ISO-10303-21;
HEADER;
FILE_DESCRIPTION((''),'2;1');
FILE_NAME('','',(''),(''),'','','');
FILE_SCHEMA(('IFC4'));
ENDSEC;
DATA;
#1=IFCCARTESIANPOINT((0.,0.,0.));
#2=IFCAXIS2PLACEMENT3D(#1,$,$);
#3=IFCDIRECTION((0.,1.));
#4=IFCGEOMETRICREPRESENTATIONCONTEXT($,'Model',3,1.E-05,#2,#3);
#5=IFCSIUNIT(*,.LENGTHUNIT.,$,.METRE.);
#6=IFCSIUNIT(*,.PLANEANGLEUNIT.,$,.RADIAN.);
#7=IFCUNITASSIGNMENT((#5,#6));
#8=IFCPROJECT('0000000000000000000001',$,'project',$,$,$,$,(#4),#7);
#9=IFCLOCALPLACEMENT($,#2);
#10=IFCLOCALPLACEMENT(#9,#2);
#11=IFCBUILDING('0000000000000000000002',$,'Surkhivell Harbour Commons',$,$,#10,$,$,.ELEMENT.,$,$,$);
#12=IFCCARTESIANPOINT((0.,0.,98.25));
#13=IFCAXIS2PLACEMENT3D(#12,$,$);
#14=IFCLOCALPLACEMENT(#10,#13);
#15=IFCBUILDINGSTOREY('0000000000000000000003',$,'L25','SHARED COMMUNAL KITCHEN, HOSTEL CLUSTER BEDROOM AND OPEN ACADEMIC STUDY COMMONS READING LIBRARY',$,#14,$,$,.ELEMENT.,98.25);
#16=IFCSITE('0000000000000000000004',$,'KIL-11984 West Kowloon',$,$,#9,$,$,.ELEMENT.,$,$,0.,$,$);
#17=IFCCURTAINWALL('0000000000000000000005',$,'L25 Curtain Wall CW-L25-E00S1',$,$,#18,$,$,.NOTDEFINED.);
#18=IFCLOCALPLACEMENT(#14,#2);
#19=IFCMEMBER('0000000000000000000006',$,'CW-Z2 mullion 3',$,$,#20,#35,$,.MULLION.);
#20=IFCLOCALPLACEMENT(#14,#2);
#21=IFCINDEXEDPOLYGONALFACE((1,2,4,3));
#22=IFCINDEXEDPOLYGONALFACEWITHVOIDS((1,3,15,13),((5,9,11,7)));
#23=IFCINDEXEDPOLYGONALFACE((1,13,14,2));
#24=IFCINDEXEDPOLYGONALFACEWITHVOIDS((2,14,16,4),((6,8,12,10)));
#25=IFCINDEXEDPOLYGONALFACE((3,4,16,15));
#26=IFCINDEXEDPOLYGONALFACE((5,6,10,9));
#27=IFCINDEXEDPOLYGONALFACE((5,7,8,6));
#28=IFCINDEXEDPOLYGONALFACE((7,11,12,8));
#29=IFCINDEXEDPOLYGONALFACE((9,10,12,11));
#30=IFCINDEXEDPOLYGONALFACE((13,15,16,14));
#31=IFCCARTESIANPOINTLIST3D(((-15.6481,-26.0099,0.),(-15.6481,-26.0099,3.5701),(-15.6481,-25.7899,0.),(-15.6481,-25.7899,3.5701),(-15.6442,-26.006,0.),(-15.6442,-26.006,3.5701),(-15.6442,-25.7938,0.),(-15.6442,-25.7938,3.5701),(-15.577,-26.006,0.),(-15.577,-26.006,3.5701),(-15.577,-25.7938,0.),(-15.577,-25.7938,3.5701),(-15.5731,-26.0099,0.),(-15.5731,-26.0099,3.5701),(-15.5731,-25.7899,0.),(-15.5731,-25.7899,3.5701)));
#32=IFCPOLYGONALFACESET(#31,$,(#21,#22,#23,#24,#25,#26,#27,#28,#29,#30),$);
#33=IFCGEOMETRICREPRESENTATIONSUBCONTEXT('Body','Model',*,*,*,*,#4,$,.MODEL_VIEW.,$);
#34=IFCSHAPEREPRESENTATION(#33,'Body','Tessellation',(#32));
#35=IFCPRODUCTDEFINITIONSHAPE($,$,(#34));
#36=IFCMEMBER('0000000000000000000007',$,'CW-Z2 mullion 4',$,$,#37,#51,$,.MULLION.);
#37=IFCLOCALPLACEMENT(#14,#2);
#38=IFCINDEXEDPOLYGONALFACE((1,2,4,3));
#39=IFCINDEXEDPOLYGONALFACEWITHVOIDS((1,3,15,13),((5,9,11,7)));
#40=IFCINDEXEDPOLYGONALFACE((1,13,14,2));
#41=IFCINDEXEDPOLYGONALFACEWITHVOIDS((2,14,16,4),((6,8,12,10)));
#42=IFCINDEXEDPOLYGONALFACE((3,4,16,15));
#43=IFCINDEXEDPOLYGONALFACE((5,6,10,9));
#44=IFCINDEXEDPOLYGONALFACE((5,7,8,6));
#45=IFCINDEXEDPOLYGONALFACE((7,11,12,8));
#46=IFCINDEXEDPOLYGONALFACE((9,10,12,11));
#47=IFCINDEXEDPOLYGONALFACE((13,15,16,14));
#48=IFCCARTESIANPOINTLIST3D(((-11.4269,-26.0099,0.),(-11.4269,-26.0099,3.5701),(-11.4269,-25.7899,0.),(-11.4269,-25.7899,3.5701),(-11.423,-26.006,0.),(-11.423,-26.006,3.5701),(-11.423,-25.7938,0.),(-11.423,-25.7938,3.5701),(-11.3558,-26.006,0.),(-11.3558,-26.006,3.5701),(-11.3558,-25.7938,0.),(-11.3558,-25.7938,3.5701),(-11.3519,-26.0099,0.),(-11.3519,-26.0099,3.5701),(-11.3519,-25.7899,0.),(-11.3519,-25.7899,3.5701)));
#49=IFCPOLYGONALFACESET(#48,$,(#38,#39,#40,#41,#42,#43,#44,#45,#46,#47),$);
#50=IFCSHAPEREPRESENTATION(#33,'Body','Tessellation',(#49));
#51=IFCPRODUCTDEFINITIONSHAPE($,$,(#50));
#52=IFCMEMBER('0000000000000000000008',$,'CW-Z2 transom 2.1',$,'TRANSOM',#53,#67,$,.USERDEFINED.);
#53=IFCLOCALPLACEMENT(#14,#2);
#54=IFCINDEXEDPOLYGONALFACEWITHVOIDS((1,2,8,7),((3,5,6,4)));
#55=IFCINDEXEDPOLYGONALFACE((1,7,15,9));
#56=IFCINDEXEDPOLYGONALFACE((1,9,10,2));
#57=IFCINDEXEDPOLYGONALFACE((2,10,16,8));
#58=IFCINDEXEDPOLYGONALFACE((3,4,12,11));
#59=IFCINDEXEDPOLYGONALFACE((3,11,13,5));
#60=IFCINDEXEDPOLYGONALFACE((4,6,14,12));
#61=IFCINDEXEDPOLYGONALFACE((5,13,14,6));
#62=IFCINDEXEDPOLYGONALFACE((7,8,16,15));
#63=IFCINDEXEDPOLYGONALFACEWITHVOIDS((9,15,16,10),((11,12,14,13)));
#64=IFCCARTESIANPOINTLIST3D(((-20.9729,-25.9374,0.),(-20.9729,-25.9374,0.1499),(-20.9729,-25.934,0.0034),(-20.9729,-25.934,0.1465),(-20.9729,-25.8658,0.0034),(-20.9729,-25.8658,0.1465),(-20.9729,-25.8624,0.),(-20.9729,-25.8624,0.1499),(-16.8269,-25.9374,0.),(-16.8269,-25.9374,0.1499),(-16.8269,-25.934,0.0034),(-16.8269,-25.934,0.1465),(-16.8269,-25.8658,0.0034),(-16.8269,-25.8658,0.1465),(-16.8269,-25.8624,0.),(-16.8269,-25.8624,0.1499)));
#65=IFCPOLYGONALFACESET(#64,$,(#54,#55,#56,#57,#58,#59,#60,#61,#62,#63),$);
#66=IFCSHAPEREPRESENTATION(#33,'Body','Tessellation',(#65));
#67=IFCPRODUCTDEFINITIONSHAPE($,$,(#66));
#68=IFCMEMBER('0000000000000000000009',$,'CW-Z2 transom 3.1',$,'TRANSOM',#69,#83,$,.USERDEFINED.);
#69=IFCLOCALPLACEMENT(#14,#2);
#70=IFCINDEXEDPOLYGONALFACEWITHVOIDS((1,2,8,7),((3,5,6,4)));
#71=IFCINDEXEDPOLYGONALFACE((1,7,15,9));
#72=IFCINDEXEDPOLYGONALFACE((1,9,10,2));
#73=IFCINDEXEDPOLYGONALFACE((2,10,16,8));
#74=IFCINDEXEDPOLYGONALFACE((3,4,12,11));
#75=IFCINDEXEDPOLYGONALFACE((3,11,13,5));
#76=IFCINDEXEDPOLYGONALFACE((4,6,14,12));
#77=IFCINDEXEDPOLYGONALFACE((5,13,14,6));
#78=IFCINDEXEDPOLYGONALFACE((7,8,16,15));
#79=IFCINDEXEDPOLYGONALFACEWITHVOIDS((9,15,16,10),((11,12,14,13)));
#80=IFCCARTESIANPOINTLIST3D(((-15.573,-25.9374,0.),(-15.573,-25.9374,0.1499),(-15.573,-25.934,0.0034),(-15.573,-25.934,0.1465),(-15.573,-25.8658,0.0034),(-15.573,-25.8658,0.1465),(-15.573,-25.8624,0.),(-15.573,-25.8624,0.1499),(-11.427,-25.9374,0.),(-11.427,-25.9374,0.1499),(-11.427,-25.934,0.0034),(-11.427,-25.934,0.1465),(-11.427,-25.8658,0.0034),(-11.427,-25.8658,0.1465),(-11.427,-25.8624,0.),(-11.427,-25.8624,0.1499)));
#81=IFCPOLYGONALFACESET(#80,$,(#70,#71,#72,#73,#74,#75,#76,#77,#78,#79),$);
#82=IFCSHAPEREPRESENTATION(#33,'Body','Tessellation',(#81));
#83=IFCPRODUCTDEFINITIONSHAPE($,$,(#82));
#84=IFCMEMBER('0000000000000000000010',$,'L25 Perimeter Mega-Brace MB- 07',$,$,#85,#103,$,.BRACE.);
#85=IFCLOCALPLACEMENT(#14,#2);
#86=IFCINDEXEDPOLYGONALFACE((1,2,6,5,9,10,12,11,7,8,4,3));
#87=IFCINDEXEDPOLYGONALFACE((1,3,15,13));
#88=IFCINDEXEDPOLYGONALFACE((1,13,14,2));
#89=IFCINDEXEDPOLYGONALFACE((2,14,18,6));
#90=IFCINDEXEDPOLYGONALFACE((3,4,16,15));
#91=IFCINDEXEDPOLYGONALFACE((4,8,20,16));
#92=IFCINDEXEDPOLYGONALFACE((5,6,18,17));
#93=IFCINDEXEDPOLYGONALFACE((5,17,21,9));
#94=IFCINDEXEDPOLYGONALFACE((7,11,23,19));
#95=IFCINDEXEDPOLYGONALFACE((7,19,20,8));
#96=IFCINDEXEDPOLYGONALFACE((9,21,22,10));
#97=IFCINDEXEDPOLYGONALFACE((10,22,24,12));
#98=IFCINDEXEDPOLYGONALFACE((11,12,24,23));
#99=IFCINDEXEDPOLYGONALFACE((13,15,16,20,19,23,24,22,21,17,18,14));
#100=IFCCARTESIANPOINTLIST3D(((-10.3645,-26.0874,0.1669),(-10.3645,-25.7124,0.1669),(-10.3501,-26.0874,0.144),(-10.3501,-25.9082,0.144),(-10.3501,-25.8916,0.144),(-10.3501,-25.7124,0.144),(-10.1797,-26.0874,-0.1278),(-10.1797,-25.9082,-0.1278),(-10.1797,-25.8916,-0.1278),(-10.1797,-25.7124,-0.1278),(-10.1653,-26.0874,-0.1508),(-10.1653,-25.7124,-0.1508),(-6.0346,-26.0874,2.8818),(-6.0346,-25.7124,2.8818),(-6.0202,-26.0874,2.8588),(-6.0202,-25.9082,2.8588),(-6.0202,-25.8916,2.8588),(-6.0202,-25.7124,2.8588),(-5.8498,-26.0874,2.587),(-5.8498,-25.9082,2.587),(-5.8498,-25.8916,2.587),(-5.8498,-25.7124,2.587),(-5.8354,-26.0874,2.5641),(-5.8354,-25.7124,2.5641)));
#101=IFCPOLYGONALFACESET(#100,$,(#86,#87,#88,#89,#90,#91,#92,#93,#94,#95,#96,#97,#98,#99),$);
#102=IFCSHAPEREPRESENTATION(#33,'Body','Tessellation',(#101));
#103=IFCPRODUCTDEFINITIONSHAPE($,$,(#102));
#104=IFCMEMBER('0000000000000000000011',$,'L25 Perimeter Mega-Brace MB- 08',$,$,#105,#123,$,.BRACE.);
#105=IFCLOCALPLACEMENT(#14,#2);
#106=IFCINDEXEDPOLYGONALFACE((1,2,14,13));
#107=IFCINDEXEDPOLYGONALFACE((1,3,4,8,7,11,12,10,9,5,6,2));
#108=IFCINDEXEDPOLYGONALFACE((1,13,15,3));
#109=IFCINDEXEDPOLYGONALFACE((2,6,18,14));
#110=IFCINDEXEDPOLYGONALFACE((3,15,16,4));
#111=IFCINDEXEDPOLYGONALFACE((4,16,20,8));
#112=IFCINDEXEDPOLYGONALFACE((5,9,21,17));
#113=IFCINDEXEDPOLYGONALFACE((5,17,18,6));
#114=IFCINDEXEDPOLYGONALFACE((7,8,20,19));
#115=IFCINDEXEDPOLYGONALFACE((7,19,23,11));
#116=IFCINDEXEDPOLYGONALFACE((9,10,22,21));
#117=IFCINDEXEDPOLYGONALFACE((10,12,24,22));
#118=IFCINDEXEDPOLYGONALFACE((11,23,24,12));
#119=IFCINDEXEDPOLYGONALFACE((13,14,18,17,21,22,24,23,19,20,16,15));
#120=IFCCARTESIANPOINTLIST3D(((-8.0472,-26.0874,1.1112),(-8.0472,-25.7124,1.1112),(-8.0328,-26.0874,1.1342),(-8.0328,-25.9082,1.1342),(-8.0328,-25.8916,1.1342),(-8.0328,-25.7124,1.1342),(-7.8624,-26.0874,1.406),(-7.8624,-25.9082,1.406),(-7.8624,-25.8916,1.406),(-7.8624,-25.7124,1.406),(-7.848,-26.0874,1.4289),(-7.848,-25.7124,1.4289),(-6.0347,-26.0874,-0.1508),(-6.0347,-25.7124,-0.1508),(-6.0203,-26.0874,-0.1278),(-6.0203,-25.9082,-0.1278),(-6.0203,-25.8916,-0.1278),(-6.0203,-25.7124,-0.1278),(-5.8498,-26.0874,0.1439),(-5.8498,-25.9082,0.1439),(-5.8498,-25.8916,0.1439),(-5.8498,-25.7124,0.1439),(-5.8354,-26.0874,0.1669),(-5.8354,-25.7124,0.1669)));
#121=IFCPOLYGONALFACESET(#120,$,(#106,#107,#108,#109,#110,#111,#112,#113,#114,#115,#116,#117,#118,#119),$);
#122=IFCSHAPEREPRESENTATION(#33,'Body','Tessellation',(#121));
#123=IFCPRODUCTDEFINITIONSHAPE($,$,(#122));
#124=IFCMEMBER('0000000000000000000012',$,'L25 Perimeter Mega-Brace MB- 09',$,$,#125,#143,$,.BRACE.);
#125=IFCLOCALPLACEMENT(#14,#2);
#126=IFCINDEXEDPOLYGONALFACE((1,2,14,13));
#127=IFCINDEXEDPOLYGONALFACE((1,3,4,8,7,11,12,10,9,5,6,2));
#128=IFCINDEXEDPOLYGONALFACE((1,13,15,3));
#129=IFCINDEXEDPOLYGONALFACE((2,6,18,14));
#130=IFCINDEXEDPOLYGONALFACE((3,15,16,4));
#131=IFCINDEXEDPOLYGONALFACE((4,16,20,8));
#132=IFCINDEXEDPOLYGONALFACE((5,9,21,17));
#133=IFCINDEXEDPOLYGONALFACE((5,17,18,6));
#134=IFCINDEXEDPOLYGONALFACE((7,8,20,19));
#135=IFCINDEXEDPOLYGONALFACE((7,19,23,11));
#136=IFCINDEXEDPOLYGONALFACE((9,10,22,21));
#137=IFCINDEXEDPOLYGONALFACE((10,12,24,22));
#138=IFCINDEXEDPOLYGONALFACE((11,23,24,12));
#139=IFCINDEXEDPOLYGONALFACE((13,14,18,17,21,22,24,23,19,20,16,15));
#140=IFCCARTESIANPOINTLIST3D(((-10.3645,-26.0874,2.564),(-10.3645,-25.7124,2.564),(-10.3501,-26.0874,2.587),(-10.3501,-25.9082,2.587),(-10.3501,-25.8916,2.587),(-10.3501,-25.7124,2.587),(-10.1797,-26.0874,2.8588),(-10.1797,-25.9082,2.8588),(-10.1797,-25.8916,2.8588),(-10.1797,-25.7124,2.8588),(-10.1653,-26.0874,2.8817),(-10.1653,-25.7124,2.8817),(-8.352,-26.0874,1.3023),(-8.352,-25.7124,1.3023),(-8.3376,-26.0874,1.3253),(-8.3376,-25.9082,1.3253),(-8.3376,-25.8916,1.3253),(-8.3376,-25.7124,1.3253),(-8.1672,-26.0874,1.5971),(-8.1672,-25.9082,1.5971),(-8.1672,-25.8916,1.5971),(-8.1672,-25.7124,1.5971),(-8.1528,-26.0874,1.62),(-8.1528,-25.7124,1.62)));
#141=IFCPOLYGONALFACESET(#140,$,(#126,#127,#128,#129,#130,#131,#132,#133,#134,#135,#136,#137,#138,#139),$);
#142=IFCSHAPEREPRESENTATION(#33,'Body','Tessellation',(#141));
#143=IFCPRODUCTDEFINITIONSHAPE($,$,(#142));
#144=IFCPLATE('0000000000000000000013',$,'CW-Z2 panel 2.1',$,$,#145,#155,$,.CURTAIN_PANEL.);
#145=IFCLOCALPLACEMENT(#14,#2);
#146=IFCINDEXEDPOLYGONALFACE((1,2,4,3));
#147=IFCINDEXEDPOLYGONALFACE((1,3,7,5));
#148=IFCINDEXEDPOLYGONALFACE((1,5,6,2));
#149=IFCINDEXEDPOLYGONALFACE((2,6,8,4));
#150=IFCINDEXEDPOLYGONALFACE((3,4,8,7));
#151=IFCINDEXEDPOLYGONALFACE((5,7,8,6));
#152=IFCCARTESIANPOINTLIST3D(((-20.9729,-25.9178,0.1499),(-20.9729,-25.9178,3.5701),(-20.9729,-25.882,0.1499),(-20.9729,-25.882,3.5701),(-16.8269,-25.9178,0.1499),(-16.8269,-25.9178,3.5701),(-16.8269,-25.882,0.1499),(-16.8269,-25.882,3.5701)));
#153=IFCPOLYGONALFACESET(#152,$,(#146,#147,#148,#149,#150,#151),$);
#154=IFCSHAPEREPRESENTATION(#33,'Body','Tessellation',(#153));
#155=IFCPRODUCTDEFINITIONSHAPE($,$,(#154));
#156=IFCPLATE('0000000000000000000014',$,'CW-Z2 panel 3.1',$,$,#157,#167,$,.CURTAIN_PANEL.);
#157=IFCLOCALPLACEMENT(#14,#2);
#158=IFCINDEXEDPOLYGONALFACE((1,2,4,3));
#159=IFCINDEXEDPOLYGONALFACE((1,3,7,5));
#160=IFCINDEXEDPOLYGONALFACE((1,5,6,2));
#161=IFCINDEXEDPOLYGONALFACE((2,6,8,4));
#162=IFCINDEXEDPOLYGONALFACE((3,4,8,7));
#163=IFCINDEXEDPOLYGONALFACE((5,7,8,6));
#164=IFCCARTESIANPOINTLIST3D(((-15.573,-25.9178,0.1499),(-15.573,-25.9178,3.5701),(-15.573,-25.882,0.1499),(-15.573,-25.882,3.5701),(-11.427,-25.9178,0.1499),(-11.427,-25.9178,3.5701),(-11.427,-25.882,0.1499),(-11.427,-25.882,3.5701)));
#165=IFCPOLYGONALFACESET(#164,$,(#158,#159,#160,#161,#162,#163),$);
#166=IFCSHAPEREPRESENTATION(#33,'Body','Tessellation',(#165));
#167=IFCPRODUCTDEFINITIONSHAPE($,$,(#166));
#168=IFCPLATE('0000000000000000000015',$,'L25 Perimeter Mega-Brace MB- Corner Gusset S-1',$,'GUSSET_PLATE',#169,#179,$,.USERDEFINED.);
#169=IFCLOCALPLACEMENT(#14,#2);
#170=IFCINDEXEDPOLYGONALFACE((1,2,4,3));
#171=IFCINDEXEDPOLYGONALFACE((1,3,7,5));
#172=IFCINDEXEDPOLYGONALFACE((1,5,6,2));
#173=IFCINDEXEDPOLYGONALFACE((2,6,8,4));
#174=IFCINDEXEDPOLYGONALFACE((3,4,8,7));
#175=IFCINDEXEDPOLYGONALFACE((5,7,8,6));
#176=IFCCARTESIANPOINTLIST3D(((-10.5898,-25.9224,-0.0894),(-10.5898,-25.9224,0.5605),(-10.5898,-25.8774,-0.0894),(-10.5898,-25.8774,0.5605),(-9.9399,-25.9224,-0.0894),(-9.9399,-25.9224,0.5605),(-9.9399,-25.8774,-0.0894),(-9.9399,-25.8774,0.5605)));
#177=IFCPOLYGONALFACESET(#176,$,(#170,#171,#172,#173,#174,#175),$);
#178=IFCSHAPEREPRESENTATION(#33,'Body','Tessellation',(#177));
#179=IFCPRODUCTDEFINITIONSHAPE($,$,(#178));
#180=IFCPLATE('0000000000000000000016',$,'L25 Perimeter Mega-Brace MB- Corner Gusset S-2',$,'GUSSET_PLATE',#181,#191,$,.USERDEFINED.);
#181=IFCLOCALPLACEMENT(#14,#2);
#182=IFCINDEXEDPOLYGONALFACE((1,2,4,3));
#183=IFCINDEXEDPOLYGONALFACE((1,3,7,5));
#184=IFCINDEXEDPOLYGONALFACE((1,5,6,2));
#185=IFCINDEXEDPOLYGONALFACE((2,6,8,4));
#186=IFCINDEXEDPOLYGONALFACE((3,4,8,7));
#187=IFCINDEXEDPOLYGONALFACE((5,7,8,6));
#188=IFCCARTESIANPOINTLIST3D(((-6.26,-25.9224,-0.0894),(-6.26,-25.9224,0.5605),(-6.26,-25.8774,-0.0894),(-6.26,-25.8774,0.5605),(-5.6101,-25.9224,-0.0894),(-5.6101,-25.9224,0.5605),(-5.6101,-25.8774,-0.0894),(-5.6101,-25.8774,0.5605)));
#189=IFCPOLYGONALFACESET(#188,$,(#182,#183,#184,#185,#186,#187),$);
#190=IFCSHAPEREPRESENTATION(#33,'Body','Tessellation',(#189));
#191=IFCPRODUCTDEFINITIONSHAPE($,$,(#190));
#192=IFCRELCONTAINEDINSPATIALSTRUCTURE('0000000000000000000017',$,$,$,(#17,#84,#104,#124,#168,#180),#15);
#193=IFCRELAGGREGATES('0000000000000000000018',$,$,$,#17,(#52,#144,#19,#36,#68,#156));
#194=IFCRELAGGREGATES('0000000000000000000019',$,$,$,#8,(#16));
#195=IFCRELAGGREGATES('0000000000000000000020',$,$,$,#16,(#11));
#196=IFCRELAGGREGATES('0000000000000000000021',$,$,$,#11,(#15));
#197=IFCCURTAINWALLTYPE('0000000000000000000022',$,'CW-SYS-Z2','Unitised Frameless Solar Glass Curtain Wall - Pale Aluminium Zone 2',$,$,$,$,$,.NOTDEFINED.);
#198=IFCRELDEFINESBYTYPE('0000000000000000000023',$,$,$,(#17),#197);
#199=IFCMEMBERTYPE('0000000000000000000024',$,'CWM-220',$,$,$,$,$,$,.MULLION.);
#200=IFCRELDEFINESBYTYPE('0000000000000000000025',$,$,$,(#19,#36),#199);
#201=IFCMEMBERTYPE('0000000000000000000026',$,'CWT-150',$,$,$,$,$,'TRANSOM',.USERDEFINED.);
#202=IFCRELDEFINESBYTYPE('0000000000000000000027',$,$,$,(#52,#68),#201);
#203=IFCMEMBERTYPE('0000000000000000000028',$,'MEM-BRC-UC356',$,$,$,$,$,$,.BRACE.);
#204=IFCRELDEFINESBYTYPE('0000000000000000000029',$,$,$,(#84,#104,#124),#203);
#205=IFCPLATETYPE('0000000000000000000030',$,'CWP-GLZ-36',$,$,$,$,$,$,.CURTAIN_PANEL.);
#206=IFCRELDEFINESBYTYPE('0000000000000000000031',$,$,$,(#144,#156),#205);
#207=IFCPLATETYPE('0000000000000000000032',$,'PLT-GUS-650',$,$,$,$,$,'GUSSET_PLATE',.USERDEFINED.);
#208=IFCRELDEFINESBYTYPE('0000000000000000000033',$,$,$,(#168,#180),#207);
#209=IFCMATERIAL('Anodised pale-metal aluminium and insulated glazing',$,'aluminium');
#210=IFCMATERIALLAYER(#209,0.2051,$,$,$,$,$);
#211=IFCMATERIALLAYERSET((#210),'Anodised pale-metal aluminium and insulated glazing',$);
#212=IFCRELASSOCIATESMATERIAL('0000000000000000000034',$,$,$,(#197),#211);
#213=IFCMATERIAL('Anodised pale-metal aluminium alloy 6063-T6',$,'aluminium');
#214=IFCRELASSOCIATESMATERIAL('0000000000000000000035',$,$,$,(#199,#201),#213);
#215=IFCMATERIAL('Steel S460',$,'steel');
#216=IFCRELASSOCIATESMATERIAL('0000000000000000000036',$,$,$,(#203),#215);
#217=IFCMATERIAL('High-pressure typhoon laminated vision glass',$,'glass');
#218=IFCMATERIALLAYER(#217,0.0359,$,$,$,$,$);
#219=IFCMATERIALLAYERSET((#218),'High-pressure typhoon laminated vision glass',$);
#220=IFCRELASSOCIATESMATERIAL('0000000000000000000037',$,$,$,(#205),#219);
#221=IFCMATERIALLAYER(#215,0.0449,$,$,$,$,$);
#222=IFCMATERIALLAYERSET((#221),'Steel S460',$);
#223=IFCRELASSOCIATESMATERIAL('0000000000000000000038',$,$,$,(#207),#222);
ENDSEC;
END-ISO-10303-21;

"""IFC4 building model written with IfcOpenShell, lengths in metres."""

from ifc_helpers import new_model, si_unit, direction, frame, frame_2d, origin, origin_2d, place, context, subcontext, project, spatial, rectangle, hollow_rectangle, i_section, extrude, material, layer, layer_set, material_profile, profile_set, type_object, element, aggregate, save


model = new_model("IFC4")

# Units and contexts
model_context = context("Model", 3, precision=1e-05, world=origin(), true_north=direction((0.0, 1.0)))
body_context = subcontext(model_context, "Body", "Model", "MODEL_VIEW")
ifc_project = project(units=[si_unit("LENGTHUNIT", "METRE"), si_unit("PLANEANGLEUNIT", "RADIAN")], contexts=[model_context])

# Site, building, storey
site_placement = place(None, origin())
site = spatial("IfcSite", under=ifc_project, at=site_placement, Name="KIL-11984 West Kowloon", CompositionType="ELEMENT", RefElevation=0.0)
building_placement = place(site_placement, origin())
building = spatial("IfcBuilding", under=site, at=building_placement, Name="Surkhivell Harbour Commons", CompositionType="ELEMENT")
storey_placement = place(building_placement, frame((0.0, 0.0, 98.25)))
storey = spatial("IfcBuildingStorey", under=building, at=storey_placement, Name="L25", Description="SHARED COMMUNAL KITCHEN, HOSTEL CLUSTER BEDROOM AND OPEN ACADEMIC STUDY COMMONS READING LIBRARY", CompositionType="ELEMENT", Elevation=98.25)

# Shared definitions
ifc_material_1 = material(Name="Steel S460", Category="steel")

# Curtain wall, members
ifc_material_2 = material(Name="Anodised pale-metal aluminium and insulated glazing", Category="aluminium")
ifc_layer_1 = layer(ifc_material_2, 0.2051)
ifc_layer_set_1 = layer_set([ifc_layer_1], Name="Anodised pale-metal aluminium and insulated glazing")
curtain_wall_type = type_object("IfcCurtainWallType", Name="CW-SYS-Z2", Description="Unitised Frameless Solar Glass Curtain Wall - Pale Aluminium Zone 2", PredefinedType="NOTDEFINED", material=ifc_layer_set_1)
curtain_wall_placement = place(storey_placement, origin())
curtain_wall = element("IfcCurtainWall", 1, at=curtain_wall_placement, inside=storey, type_object=curtain_wall_type, Name="L25 Curtain Wall CW-L25-E00S1", PredefinedType="NOTDEFINED")
ifc_material_3 = material(Name="Anodised pale-metal aluminium alloy 6063-T6", Category="aluminium")
ifc_material_profile_1 = material_profile(ifc_material_3, hollow_rectangle(XDim=0.075, YDim=0.22, WallThickness=0.0039, at=origin_2d()), Name="ALU-MULL-75x220")
ifc_profile_set_1 = profile_set([ifc_material_profile_1], Name="Anodised pale-metal aluminium alloy 6063-T6")
member_type_1 = type_object("IfcMemberType", Name="CWM-220", PredefinedType="MULLION", material=ifc_profile_set_1)
member_1_placement = place(storey_placement, frame((-15.6106, -25.8999, 0.0), z_axis=(0.0, 0.0, 1.0), x_axis=(1.0, 0.0, 0.0)))
member_1 = element("IfcMember", 2, at=member_1_placement, type_object=member_type_1, Name="CW-Z2 mullion 3", PredefinedType="MULLION", context=body_context, shape_type="SweptSolid", body=[
    extrude(hollow_rectangle(XDim=0.075, YDim=0.22, WallThickness=0.0039, at=origin_2d()), origin(), (0.0, 0.0, 1.0), 3.5701),
])
member_2_placement = place(storey_placement, frame((-11.3894, -25.8999, 0.0), z_axis=(0.0, 0.0, 1.0), x_axis=(1.0, 0.0, 0.0)))
member_2 = element("IfcMember", 3, at=member_2_placement, type_object=member_type_1, Name="CW-Z2 mullion 4", PredefinedType="MULLION", context=body_context, shape_type="SweptSolid", body=[
    extrude(hollow_rectangle(XDim=0.075, YDim=0.22, WallThickness=0.0039, at=origin_2d()), origin(), (0.0, 0.0, 1.0), 3.5701),
])
ifc_material_profile_2 = material_profile(ifc_material_3, hollow_rectangle(XDim=0.075, YDim=0.1499, WallThickness=0.0034, at=origin_2d()), Name="ALU-TRAN-75x150")
ifc_profile_set_2 = profile_set([ifc_material_profile_2], Name="Anodised pale-metal aluminium alloy 6063-T6")
member_type_2 = type_object("IfcMemberType", Name="CWT-150", ElementType="TRANSOM", PredefinedType="USERDEFINED", material=ifc_profile_set_2)
member_3_placement = place(storey_placement, frame((-20.9729, -25.8999, 0.075), z_axis=(1.0, 0.0, 0.0), x_axis=(0.0, 1.0, 0.0)))
member_3 = element("IfcMember", 4, at=member_3_placement, type_object=member_type_2, Name="CW-Z2 transom 2.1", ObjectType="TRANSOM", PredefinedType="USERDEFINED", context=body_context, shape_type="SweptSolid", body=[
    extrude(hollow_rectangle(XDim=0.075, YDim=0.1499, WallThickness=0.0034, at=origin_2d()), origin(), (0.0, 0.0, 1.0), 4.146),
])
member_4_placement = place(storey_placement, frame((-15.573, -25.8999, 0.075), z_axis=(1.0, 0.0, 0.0), x_axis=(0.0, 1.0, 0.0)))
member_4 = element("IfcMember", 5, at=member_4_placement, type_object=member_type_2, Name="CW-Z2 transom 3.1", ObjectType="TRANSOM", PredefinedType="USERDEFINED", context=body_context, shape_type="SweptSolid", body=[
    extrude(hollow_rectangle(XDim=0.075, YDim=0.1499, WallThickness=0.0034, at=origin_2d()), origin(), (0.0, 0.0, 1.0), 4.146),
])

# Members
ifc_material_profile_3 = material_profile(ifc_material_1, i_section(OverallWidth=0.375, OverallDepth=0.375, WebThickness=0.0166, FlangeThickness=0.0271, at=origin_2d()), Name="UC356x368x202")
ifc_profile_set_3 = profile_set([ifc_material_profile_3], Name="Steel S460")
member_type_3 = type_object("IfcMemberType", Name="MEM-BRC-UC356", PredefinedType="BRACE", material=ifc_profile_set_3)
member_5_placement = place(storey_placement, frame((-10.2649, -25.8999, 0.0081), z_axis=(0.847233, 0.0, 0.531222), x_axis=(0.0, 1.0, 0.0)))
element("IfcMember", 6, at=member_5_placement, inside=storey, type_object=member_type_3, Name="L25 Perimeter Mega-Brace MB- 07", PredefinedType="BRACE", context=body_context, shape_type="SweptSolid", body=[
    extrude(i_section(OverallWidth=0.375, OverallDepth=0.375, WebThickness=0.0166, FlangeThickness=0.0271, at=origin_2d()), origin(), (0.0, 0.0, 1.0), 5.1106),
])
member_6_placement = place(storey_placement, frame((-5.9351, -25.8999, 0.0081), z_axis=(-0.847206, 0.0, 0.531264), x_axis=(0.0, -1.0, 0.0)))
element("IfcMember", 7, at=member_6_placement, inside=storey, type_object=member_type_3, Name="L25 Perimeter Mega-Brace MB- 08", PredefinedType="BRACE", context=body_context, shape_type="SweptSolid", body=[
    extrude(i_section(OverallWidth=0.375, OverallDepth=0.375, WebThickness=0.0166, FlangeThickness=0.0271, at=origin_2d()), origin(), (0.0, 0.0, 1.0), 2.3755),
])
member_7_placement = place(storey_placement, frame((-8.2524, -25.8999, 1.4612), z_axis=(-0.847253, 0.0, 0.53119), x_axis=(0.0, -1.0, 0.0)))
element("IfcMember", 8, at=member_7_placement, inside=storey, type_object=member_type_3, Name="L25 Perimeter Mega-Brace MB- 09", PredefinedType="BRACE", context=body_context, shape_type="SweptSolid", body=[
    extrude(i_section(OverallWidth=0.375, OverallDepth=0.375, WebThickness=0.0166, FlangeThickness=0.0271, at=origin_2d()), origin(), (0.0, 0.0, 1.0), 2.3752),
])

# Plates
ifc_material_4 = material(Name="High-pressure typhoon laminated vision glass", Category="glass")
ifc_layer_2 = layer(ifc_material_4, 0.0359)
ifc_layer_set_2 = layer_set([ifc_layer_2], Name="High-pressure typhoon laminated vision glass")
plate_type_1 = type_object("IfcPlateType", Name="CWP-GLZ-36", PredefinedType="CURTAIN_PANEL", material=ifc_layer_set_2)
plate_1_placement = place(storey_placement, frame((-20.9729, -25.8999, 0.1499), z_axis=(0.0, 0.0, 1.0), x_axis=(1.0, 0.0, 0.0)))
plate_1 = element("IfcPlate", 9, at=plate_1_placement, type_object=plate_type_1, Name="CW-Z2 panel 2.1", PredefinedType="CURTAIN_PANEL", context=body_context, shape_type="SweptSolid", body=[
    extrude(rectangle(XDim=4.146, YDim=0.0359, at=frame_2d((2.073, 0.0))), origin(), (0.0, 0.0, 1.0), 3.4202),
])
plate_2_placement = place(storey_placement, frame((-15.573, -25.8999, 0.1499), z_axis=(0.0, 0.0, 1.0), x_axis=(1.0, 0.0, 0.0)))
plate_2 = element("IfcPlate", 10, at=plate_2_placement, type_object=plate_type_1, Name="CW-Z2 panel 3.1", PredefinedType="CURTAIN_PANEL", context=body_context, shape_type="SweptSolid", body=[
    extrude(rectangle(XDim=4.146, YDim=0.0359, at=frame_2d((2.073, 0.0))), origin(), (0.0, 0.0, 1.0), 3.4202),
])
aggregate(curtain_wall, [member_3, plate_1, member_1, member_2, member_4, plate_2])

# Plates
ifc_layer_3 = layer(ifc_material_1, 0.0449)
ifc_layer_set_3 = layer_set([ifc_layer_3], Name="Steel S460")
plate_type_2 = type_object("IfcPlateType", Name="PLT-GUS-650", ElementType="GUSSET_PLATE", PredefinedType="USERDEFINED", material=ifc_layer_set_3)
for number, where, z_axis, x_axis, name in (
    (11, (-10.2649, -25.8999, -0.0894), (0.0, 0.0, 1.0), (1.0, 0.0, 0.0), "L25 Perimeter Mega-Brace MB- Corner Gusset S-1"),
    (12, (-5.9351, -25.8999, -0.0894), (0.0, 0.0, 1.0), (1.0, 0.0, 0.0), "L25 Perimeter Mega-Brace MB- Corner Gusset S-2"),
):
    element("IfcPlate", number, at=place(storey_placement, frame(where, z_axis=z_axis, x_axis=x_axis)), inside=storey, type_object=plate_type_2, Name=name, ObjectType="GUSSET_PLATE", PredefinedType="USERDEFINED", context=body_context, shape_type="SweptSolid", body=[
        extrude(rectangle(XDim=0.6499, YDim=0.0449, at=origin_2d()), origin(), (0.0, 0.0, 1.0), 0.6499),
    ])

save(model, "model.ifc")
